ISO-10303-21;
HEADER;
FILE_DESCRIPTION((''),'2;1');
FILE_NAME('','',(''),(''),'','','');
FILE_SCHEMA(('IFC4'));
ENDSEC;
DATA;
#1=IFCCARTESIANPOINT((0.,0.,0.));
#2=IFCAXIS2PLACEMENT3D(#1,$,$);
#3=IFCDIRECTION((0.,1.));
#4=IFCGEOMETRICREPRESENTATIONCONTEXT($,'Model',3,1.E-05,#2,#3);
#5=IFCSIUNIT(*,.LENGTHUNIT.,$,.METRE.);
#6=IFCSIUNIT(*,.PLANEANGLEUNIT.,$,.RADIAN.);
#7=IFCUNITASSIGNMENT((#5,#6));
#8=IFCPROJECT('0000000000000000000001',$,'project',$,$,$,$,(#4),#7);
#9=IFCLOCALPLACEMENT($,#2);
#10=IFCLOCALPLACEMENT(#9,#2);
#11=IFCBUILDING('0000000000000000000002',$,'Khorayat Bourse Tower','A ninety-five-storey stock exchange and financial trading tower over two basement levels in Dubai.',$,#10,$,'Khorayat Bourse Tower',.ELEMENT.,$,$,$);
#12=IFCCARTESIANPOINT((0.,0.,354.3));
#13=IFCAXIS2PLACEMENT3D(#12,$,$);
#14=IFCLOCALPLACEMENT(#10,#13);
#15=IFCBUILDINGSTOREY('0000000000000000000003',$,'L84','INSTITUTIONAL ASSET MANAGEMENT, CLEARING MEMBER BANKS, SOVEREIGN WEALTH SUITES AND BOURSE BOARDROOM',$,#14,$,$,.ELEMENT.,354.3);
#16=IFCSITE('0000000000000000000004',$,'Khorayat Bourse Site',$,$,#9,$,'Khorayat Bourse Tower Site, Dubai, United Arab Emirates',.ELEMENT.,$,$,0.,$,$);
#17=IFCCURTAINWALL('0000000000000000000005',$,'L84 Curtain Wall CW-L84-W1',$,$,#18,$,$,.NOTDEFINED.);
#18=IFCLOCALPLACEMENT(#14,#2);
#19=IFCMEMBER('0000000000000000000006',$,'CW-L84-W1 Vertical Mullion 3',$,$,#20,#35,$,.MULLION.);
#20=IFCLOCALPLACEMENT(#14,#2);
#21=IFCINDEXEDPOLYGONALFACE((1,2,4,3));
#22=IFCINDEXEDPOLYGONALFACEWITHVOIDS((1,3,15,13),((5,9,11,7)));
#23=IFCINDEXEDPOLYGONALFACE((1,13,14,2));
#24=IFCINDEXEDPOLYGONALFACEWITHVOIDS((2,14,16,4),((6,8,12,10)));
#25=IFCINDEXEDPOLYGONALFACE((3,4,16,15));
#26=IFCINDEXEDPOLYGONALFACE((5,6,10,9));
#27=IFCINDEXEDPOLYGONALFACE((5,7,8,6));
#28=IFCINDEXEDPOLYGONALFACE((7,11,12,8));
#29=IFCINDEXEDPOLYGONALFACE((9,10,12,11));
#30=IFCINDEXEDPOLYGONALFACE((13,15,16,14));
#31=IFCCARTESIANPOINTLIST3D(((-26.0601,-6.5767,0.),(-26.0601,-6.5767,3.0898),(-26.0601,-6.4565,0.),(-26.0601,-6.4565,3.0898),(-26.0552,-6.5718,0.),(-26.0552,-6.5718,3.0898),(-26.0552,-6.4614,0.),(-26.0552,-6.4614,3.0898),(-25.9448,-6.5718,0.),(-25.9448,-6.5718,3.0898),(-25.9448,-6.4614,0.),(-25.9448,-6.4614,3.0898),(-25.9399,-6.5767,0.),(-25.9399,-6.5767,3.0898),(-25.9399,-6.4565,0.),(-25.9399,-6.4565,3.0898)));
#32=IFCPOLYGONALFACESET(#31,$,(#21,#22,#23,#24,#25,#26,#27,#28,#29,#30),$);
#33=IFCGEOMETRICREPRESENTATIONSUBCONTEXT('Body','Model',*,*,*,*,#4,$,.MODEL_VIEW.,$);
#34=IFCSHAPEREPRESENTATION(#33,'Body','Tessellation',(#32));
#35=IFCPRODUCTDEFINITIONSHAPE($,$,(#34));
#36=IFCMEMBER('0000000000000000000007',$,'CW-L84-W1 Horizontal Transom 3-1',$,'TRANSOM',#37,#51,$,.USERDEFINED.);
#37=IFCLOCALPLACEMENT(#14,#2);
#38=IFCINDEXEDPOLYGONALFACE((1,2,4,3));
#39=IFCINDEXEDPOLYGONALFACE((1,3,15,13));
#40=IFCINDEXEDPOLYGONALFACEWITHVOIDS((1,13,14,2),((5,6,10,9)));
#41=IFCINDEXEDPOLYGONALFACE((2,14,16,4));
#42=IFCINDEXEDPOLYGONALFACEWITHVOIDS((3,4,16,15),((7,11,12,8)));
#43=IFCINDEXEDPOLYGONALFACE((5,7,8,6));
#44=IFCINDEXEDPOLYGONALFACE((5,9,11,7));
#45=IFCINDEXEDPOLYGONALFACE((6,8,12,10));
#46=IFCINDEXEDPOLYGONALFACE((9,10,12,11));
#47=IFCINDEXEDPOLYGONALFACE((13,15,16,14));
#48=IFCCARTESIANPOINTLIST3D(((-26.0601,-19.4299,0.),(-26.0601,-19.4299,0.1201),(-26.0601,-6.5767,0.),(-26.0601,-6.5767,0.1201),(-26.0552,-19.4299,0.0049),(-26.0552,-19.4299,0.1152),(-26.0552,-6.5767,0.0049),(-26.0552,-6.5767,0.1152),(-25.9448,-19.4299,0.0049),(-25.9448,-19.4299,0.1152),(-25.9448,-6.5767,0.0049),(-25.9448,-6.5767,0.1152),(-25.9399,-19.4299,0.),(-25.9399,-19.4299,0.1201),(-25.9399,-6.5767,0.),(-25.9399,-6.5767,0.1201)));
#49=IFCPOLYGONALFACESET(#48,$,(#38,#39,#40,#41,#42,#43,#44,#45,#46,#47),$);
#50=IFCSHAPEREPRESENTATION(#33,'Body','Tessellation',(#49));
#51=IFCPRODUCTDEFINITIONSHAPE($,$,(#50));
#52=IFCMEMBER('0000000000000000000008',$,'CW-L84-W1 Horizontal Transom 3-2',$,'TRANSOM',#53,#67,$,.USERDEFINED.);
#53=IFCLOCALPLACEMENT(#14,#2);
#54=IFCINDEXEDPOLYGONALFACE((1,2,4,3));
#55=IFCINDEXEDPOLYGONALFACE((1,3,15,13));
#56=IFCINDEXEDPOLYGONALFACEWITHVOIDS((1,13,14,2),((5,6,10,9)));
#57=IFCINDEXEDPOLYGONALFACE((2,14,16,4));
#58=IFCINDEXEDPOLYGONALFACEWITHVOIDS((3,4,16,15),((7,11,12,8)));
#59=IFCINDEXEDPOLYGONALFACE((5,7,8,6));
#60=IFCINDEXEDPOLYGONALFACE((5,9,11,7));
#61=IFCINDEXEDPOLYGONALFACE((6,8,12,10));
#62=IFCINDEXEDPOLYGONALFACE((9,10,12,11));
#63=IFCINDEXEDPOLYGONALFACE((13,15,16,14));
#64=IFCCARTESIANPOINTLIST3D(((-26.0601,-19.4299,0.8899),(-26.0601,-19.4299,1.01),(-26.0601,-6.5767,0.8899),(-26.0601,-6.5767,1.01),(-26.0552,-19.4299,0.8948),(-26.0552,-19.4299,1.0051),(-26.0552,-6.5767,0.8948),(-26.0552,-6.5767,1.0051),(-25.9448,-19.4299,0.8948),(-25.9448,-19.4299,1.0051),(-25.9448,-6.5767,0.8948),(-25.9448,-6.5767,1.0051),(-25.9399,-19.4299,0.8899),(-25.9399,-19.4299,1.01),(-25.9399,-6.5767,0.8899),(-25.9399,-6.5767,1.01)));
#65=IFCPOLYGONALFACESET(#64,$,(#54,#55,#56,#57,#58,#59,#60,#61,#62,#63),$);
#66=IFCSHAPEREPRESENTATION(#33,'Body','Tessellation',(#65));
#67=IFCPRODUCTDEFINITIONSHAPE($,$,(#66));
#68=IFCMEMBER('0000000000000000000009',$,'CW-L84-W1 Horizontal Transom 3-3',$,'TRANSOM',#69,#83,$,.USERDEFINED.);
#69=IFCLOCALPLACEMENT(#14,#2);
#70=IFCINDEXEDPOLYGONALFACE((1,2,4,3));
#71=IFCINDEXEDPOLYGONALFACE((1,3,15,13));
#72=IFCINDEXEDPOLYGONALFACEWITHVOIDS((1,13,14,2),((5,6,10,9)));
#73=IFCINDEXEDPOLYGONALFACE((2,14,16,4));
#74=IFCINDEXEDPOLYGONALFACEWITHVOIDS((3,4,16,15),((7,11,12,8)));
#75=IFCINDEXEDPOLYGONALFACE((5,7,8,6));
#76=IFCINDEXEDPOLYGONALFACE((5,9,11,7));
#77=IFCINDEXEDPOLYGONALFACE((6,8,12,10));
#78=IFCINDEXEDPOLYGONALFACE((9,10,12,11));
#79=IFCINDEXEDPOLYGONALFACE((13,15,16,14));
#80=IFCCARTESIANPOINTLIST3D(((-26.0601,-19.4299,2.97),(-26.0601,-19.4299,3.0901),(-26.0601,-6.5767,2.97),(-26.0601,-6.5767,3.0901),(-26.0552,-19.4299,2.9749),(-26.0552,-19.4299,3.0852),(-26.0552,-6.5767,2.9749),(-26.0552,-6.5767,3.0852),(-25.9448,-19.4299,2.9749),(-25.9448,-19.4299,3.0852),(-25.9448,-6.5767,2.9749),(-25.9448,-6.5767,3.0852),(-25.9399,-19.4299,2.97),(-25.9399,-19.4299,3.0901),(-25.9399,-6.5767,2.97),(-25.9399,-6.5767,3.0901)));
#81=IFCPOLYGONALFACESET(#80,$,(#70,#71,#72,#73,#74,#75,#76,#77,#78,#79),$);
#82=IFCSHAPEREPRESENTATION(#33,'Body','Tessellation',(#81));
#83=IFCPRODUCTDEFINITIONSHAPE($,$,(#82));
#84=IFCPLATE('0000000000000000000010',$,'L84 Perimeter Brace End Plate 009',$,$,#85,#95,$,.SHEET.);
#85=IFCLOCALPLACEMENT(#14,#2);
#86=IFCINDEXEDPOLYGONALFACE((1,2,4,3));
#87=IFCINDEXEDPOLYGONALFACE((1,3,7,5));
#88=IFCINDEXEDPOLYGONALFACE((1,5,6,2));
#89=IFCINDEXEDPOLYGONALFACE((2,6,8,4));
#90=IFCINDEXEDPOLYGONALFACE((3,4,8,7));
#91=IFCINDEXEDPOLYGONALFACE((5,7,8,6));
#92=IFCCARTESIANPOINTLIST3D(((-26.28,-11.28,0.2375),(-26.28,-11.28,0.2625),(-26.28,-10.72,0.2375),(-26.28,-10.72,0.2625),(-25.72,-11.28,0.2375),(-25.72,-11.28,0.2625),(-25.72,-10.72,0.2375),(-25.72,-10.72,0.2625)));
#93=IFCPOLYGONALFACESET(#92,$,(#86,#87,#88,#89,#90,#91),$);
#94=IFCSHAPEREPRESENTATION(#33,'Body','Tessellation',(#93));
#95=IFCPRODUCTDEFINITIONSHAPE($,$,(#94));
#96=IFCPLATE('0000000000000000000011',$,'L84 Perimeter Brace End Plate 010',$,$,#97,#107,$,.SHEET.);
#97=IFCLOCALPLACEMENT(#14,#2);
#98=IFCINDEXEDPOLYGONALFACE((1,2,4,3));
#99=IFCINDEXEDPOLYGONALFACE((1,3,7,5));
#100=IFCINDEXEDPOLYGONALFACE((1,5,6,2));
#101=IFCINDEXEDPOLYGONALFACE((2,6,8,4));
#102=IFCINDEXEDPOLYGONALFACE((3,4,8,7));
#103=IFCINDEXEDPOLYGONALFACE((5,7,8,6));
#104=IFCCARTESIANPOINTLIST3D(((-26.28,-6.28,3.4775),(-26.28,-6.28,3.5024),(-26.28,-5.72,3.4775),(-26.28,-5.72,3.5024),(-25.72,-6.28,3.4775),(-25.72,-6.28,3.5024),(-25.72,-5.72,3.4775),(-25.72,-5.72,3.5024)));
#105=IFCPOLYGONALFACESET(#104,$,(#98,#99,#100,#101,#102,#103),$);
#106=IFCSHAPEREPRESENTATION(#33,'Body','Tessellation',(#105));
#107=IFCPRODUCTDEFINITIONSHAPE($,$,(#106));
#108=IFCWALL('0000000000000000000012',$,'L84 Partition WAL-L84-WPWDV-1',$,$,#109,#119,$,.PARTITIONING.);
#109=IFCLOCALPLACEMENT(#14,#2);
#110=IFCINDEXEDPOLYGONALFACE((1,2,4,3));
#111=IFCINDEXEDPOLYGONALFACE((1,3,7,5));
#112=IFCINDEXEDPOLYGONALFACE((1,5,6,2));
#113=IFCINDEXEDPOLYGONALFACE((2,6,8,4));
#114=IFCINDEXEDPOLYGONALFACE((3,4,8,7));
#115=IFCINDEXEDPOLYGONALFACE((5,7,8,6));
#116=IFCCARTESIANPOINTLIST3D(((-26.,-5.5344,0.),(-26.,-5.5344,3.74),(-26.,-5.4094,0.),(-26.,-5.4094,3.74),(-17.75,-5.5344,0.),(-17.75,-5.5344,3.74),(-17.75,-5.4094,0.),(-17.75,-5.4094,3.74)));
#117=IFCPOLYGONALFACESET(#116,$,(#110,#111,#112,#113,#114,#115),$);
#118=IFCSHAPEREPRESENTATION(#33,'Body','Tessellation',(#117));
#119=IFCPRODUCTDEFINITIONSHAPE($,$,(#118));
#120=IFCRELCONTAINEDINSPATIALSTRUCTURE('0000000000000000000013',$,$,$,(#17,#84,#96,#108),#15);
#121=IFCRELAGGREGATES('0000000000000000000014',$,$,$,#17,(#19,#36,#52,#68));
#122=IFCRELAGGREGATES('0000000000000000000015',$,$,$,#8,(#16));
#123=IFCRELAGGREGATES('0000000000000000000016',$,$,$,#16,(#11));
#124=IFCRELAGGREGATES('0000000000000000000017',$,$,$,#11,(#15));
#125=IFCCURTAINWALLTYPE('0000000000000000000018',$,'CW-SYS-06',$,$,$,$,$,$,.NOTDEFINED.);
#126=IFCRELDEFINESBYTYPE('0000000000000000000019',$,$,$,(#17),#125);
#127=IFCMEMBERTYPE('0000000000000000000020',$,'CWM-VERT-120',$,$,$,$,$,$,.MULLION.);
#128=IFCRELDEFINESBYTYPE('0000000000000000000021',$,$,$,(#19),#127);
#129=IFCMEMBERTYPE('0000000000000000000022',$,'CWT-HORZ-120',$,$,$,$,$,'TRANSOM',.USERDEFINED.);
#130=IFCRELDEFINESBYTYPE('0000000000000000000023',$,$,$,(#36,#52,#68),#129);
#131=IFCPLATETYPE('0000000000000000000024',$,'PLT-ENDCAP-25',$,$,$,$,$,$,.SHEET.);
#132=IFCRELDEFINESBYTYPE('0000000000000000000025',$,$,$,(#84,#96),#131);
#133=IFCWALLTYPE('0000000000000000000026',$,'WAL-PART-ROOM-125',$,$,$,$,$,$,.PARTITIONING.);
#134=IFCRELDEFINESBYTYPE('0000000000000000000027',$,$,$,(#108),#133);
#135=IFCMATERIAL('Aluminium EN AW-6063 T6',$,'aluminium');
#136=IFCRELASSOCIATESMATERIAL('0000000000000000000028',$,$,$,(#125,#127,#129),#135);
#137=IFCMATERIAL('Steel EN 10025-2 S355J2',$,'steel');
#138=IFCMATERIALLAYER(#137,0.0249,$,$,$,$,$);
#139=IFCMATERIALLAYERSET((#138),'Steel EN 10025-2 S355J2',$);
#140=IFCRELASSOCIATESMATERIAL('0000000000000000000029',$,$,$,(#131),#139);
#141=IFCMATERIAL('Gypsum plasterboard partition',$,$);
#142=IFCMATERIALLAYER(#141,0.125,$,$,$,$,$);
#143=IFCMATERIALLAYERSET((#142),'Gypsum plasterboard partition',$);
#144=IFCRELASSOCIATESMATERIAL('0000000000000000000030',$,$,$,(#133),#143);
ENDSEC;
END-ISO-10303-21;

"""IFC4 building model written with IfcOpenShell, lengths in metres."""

from ifc_helpers import new_model, si_unit, direction, frame, frame_2d, origin, origin_2d, place, context, subcontext, project, spatial, rectangle, hollow_rectangle, extrude, source, transform, mapped, material, layer, layer_set, material_profile, profile_set, type_object, element, aggregate, save


model = new_model("IFC4")

# Units and contexts
model_context = context("Model", 3, precision=1e-05, world=origin(), true_north=direction((0.0, 1.0)))
body_context = subcontext(model_context, "Body", "Model", "MODEL_VIEW")
ifc_project = project(units=[si_unit("LENGTHUNIT", "METRE"), si_unit("PLANEANGLEUNIT", "RADIAN")], contexts=[model_context])

# Site, building, storey
site_placement = place(None, origin())
site = spatial("IfcSite", under=ifc_project, at=site_placement, Name="Khorayat Bourse Site", LongName="Khorayat Bourse Tower Site, Dubai, United Arab Emirates", CompositionType="ELEMENT", RefElevation=0.0)
building_placement = place(site_placement, origin())
building = spatial("IfcBuilding", under=site, at=building_placement, Name="Khorayat Bourse Tower", Description="A ninety-five-storey stock exchange and financial trading tower over two basement levels in Dubai.", LongName="Khorayat Bourse Tower", CompositionType="ELEMENT")
storey_placement = place(building_placement, frame((0.0, 0.0, 354.3)))
storey = spatial("IfcBuildingStorey", under=building, at=storey_placement, Name="L84", Description="INSTITUTIONAL ASSET MANAGEMENT, CLEARING MEMBER BANKS, SOVEREIGN WEALTH SUITES AND BOURSE BOARDROOM", CompositionType="ELEMENT", Elevation=354.3)

# Shared definitions
ifc_material_1 = material(Name="Steel EN 10025-2 S355J2", Category="steel")

# Curtain wall, members
ifc_material_2 = material(Name="Aluminium EN AW-6063 T6", Category="aluminium")
curtain_wall_type = type_object("IfcCurtainWallType", Name="CW-SYS-06", PredefinedType="NOTDEFINED", material=ifc_material_2)
curtain_wall_placement = place(storey_placement, origin())
curtain_wall = element("IfcCurtainWall", 1, at=curtain_wall_placement, inside=storey, type_object=curtain_wall_type, Name="L84 Curtain Wall CW-L84-W1", PredefinedType="NOTDEFINED")
ifc_material_profile_1 = material_profile(ifc_material_2, hollow_rectangle(XDim=0.1201, YDim=0.1201, WallThickness=0.0049, at=origin_2d()), Name="ALU 120x120x5")
ifc_profile_set_1 = profile_set([ifc_material_profile_1], Name="Aluminium EN AW-6063 T6")
member_type_1 = type_object("IfcMemberType", Name="CWM-VERT-120", PredefinedType="MULLION", material=ifc_profile_set_1)
shared_shape_1 = source(origin(), body_context, "Body", "SweptSolid", [
    extrude(hollow_rectangle(XDim=0.1201, YDim=0.1201, WallThickness=0.0049, at=origin_2d()), origin(), (0.0, 0.0, 1.0), 3.0898),
])
member_1_placement = place(storey_placement, frame((-26.0, -6.5166, 0.0), z_axis=(0.0, 0.0, 1.0), x_axis=(1.0, 0.0, 0.0)))
member_1 = element("IfcMember", 2, at=member_1_placement, type_object=member_type_1, Name="CW-L84-W1 Vertical Mullion 3", PredefinedType="MULLION", context=body_context, shape_type="MappedRepresentation", body=[
    mapped(shared_shape_1, transform((0.0, 0.0, 0.0), scale=1.0)),
])
ifc_material_profile_2 = material_profile(ifc_material_2, hollow_rectangle(XDim=0.1201, YDim=0.1201, WallThickness=0.0049, at=origin_2d()), Name="ALU 120x120x5")
ifc_profile_set_2 = profile_set([ifc_material_profile_2], Name="Aluminium EN AW-6063 T6")
member_type_2 = type_object("IfcMemberType", Name="CWT-HORZ-120", ElementType="TRANSOM", PredefinedType="USERDEFINED", material=ifc_profile_set_2)
shared_shape_2 = source(origin(), body_context, "Body", "SweptSolid", [
    extrude(hollow_rectangle(XDim=0.1201, YDim=0.1201, WallThickness=0.0049, at=origin_2d()), origin(), (0.0, 0.0, 1.0), 12.8533),
])
member_2_placement = place(storey_placement, frame((-26.0, -6.5767, 0.0601), z_axis=(0.0, -1.0, 0.0), x_axis=(1.0, 0.0, 0.0)))
member_2 = element("IfcMember", 3, at=member_2_placement, type_object=member_type_2, Name="CW-L84-W1 Horizontal Transom 3-1", ObjectType="TRANSOM", PredefinedType="USERDEFINED", context=body_context, shape_type="MappedRepresentation", body=[
    mapped(shared_shape_2, transform((0.0, 0.0, 0.0), scale=1.0)),
])
member_3_placement = place(storey_placement, frame((-26.0, -6.5767, 0.95), z_axis=(0.0, -1.0, 0.0), x_axis=(1.0, 0.0, 0.0)))
member_3 = element("IfcMember", 4, at=member_3_placement, type_object=member_type_2, Name="CW-L84-W1 Horizontal Transom 3-2", ObjectType="TRANSOM", PredefinedType="USERDEFINED", context=body_context, shape_type="MappedRepresentation", body=[
    mapped(shared_shape_2, transform((0.0, 0.0, 0.0), scale=1.0)),
])
member_4_placement = place(storey_placement, frame((-26.0, -6.5767, 3.03), z_axis=(0.0, -1.0, 0.0), x_axis=(1.0, 0.0, 0.0)))
member_4 = element("IfcMember", 5, at=member_4_placement, type_object=member_type_2, Name="CW-L84-W1 Horizontal Transom 3-3", ObjectType="TRANSOM", PredefinedType="USERDEFINED", context=body_context, shape_type="MappedRepresentation", body=[
    mapped(shared_shape_2, transform((0.0, 0.0, 0.0), scale=1.0)),
])
aggregate(curtain_wall, [member_1, member_2, member_3, member_4])

# Plates
ifc_layer_1 = layer(ifc_material_1, 0.0249)
ifc_layer_set_1 = layer_set([ifc_layer_1], Name="Steel EN 10025-2 S355J2")
plate_type = type_object("IfcPlateType", Name="PLT-ENDCAP-25", PredefinedType="SHEET", material=ifc_layer_set_1)
shared_shape_3 = source(origin(), body_context, "Body", "SweptSolid", [
    extrude(rectangle(XDim=0.5601, YDim=0.5601, at=origin_2d()), origin(), (0.0, 0.0, 1.0), 0.0249),
])
for number, where, z_axis, x_axis, name in (
    (6, (-26.0, -11.0, 0.2375), (0.0, 0.0, 1.0), (1.0, 0.0, 0.0), "L84 Perimeter Brace End Plate 009"),
    (7, (-26.0, -6.0, 3.4775), (0.0, 0.0, 1.0), (1.0, 0.0, 0.0), "L84 Perimeter Brace End Plate 010"),
):
    element("IfcPlate", number, at=place(storey_placement, frame(where, z_axis=z_axis, x_axis=x_axis)), inside=storey, type_object=plate_type, Name=name, PredefinedType="SHEET", context=body_context, shape_type="MappedRepresentation", body=[
        mapped(shared_shape_3, transform((0.0, 0.0, 0.0), scale=1.0)),
    ])

# Wall
ifc_material_3 = material(Name="Gypsum plasterboard partition")
ifc_layer_2 = layer(ifc_material_3, 0.125)
ifc_layer_set_2 = layer_set([ifc_layer_2], Name="Gypsum plasterboard partition")
wall_type = type_object("IfcWallType", Name="WAL-PART-ROOM-125", PredefinedType="PARTITIONING", material=ifc_layer_set_2)
shared_shape_4 = source(origin(), body_context, "Body", "SweptSolid", [
    extrude(rectangle(XDim=8.25, YDim=0.125, at=frame_2d((4.125, 0.0))), origin(), (0.0, 0.0, 1.0), 3.74),
])
wall_placement = place(storey_placement, frame((-26.0, -5.4719, 0.0), z_axis=(0.0, 0.0, 1.0), x_axis=(1.0, 0.0, 0.0)))
element("IfcWall", 8, at=wall_placement, inside=storey, type_object=wall_type, Name="L84 Partition WAL-L84-WPWDV-1", PredefinedType="PARTITIONING", context=body_context, shape_type="MappedRepresentation", body=[
    mapped(shared_shape_4, transform((0.0, 0.0, 0.0), scale=1.0)),
])

save(model, "model.ifc")
